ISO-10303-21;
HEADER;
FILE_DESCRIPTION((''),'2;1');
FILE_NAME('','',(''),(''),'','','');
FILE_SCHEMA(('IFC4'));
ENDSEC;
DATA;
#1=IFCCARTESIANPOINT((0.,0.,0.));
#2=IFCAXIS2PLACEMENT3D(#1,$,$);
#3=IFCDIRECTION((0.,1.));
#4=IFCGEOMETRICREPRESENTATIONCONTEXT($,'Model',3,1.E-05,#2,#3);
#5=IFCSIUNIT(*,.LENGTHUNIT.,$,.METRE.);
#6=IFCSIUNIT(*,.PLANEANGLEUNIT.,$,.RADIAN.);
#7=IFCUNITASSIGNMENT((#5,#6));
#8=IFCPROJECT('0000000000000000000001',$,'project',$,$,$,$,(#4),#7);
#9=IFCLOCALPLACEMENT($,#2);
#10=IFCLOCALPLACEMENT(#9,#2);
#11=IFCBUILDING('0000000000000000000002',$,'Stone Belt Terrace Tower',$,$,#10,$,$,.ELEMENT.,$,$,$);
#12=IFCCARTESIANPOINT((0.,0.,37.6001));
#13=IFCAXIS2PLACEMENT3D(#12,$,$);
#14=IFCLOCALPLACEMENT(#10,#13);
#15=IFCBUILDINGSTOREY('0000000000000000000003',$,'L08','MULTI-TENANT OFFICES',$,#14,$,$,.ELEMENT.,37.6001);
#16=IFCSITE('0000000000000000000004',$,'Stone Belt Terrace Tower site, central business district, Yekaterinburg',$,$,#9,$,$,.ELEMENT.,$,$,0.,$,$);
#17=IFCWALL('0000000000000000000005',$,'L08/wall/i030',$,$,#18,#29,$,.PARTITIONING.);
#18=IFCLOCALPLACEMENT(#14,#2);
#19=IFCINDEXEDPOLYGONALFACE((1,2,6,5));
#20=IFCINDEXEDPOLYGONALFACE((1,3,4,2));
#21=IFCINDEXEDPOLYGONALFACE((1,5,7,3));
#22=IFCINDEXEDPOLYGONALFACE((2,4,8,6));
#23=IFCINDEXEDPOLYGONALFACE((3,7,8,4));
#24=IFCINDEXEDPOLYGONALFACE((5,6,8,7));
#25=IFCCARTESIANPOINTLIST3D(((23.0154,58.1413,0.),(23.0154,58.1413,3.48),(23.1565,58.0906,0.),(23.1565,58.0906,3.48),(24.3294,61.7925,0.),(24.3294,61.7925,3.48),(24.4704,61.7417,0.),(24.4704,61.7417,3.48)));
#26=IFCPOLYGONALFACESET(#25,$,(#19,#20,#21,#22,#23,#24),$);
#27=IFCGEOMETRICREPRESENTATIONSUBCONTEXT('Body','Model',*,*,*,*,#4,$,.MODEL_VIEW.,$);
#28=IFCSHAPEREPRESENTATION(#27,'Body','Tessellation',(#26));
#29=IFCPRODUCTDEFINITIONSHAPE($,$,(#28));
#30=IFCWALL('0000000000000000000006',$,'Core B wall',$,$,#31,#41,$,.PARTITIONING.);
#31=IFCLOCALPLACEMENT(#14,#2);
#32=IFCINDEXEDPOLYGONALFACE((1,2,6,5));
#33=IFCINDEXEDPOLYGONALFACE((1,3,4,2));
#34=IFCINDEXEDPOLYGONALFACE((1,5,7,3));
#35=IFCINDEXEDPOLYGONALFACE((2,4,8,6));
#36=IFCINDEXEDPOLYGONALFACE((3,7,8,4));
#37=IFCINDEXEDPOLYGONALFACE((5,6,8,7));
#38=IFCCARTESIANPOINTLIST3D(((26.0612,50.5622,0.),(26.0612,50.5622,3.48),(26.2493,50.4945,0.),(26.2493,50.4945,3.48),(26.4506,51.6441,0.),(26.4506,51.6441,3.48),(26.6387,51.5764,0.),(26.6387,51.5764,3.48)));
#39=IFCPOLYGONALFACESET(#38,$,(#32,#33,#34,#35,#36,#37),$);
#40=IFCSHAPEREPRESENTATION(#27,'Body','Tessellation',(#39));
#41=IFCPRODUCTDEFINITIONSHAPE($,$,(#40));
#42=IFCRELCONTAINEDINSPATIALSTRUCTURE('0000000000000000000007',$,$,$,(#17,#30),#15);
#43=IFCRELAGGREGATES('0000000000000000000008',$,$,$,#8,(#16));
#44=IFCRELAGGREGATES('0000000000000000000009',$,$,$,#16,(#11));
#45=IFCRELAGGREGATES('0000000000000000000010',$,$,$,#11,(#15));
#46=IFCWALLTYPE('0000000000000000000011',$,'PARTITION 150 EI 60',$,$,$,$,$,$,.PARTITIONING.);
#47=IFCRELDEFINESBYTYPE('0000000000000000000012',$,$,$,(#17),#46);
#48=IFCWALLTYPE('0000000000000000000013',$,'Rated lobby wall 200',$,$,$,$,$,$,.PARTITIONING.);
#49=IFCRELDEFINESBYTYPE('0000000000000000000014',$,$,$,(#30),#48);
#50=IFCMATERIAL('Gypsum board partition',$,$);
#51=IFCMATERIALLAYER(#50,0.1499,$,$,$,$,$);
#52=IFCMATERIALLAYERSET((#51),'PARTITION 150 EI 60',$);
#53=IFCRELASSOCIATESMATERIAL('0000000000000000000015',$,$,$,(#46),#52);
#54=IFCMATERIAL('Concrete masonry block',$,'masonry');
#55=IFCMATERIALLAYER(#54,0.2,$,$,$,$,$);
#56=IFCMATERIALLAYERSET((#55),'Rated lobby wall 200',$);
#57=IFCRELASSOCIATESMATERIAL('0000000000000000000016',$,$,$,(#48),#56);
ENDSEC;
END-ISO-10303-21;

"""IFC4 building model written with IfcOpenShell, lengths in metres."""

from ifc_helpers import new_model, si_unit, direction, frame, frame_2d, origin, place, context, subcontext, project, spatial, rectangle, extrude, material, layer, layer_set, type_object, element, save


model = new_model("IFC4")

# Units and contexts
model_context = context("Model", 3, precision=1e-05, world=origin(), true_north=direction((0.0, 1.0)))
body_context = subcontext(model_context, "Body", "Model", "MODEL_VIEW")
ifc_project = project(units=[si_unit("LENGTHUNIT", "METRE"), si_unit("PLANEANGLEUNIT", "RADIAN")], contexts=[model_context])

# Site, building, storey
site_placement = place(None, origin())
site = spatial("IfcSite", under=ifc_project, at=site_placement, Name="Stone Belt Terrace Tower site, central business district, Yekaterinburg", CompositionType="ELEMENT", RefElevation=0.0)
building_placement = place(site_placement, origin())
building = spatial("IfcBuilding", under=site, at=building_placement, Name="Stone Belt Terrace Tower", CompositionType="ELEMENT")
storey_placement = place(building_placement, frame((0.0, 0.0, 37.6001)))
storey = spatial("IfcBuildingStorey", under=building, at=storey_placement, Name="L08", Description="MULTI-TENANT OFFICES", CompositionType="ELEMENT", Elevation=37.6001)

# Shared definitions
ifc_material_1 = material(Name="Gypsum board partition")
ifc_layer_1 = layer(ifc_material_1, 0.1499)
ifc_layer_set_1 = layer_set([ifc_layer_1], Name="PARTITION 150 EI 60")
wall_type_1 = type_object("IfcWallType", Name="PARTITION 150 EI 60", PredefinedType="PARTITIONING", material=ifc_layer_set_1)

# Walls
wall_1_placement = place(storey_placement, frame((24.3999, 61.7671, 0.0), z_axis=(0.0, 0.0, 1.0), x_axis=(-0.338619, -0.940923, 0.0)))
element("IfcWall", 1, at=wall_1_placement, inside=storey, type_object=wall_type_1, Name="L08/wall/i030", PredefinedType="PARTITIONING", context=body_context, shape_type="SweptSolid", body=[
    extrude(rectangle(XDim=3.8804, YDim=0.1499, at=frame_2d((1.9402, 0.0))), origin(), (0.0, 0.0, 1.0), 3.48),
])
ifc_material_2 = material(Name="Concrete masonry block", Category="masonry")
ifc_layer_2 = layer(ifc_material_2, 0.2)
ifc_layer_set_2 = layer_set([ifc_layer_2], Name="Rated lobby wall 200")
wall_type_2 = type_object("IfcWallType", Name="Rated lobby wall 200", PredefinedType="PARTITIONING", material=ifc_layer_set_2)
wall_2_placement = place(storey_placement, frame((26.1553, 50.5283, 0.0), z_axis=(0.0, 0.0, 1.0), x_axis=(0.338622, 0.940923, 0.0)))
element("IfcWall", 2, at=wall_2_placement, inside=storey, type_object=wall_type_2, Name="Core B wall", PredefinedType="PARTITIONING", context=body_context, shape_type="SweptSolid", body=[
    extrude(rectangle(XDim=1.1499, YDim=0.2, at=frame_2d((0.575, 0.0))), origin(), (0.0, 0.0, 1.0), 3.48),
])

save(model, "model.ifc")
